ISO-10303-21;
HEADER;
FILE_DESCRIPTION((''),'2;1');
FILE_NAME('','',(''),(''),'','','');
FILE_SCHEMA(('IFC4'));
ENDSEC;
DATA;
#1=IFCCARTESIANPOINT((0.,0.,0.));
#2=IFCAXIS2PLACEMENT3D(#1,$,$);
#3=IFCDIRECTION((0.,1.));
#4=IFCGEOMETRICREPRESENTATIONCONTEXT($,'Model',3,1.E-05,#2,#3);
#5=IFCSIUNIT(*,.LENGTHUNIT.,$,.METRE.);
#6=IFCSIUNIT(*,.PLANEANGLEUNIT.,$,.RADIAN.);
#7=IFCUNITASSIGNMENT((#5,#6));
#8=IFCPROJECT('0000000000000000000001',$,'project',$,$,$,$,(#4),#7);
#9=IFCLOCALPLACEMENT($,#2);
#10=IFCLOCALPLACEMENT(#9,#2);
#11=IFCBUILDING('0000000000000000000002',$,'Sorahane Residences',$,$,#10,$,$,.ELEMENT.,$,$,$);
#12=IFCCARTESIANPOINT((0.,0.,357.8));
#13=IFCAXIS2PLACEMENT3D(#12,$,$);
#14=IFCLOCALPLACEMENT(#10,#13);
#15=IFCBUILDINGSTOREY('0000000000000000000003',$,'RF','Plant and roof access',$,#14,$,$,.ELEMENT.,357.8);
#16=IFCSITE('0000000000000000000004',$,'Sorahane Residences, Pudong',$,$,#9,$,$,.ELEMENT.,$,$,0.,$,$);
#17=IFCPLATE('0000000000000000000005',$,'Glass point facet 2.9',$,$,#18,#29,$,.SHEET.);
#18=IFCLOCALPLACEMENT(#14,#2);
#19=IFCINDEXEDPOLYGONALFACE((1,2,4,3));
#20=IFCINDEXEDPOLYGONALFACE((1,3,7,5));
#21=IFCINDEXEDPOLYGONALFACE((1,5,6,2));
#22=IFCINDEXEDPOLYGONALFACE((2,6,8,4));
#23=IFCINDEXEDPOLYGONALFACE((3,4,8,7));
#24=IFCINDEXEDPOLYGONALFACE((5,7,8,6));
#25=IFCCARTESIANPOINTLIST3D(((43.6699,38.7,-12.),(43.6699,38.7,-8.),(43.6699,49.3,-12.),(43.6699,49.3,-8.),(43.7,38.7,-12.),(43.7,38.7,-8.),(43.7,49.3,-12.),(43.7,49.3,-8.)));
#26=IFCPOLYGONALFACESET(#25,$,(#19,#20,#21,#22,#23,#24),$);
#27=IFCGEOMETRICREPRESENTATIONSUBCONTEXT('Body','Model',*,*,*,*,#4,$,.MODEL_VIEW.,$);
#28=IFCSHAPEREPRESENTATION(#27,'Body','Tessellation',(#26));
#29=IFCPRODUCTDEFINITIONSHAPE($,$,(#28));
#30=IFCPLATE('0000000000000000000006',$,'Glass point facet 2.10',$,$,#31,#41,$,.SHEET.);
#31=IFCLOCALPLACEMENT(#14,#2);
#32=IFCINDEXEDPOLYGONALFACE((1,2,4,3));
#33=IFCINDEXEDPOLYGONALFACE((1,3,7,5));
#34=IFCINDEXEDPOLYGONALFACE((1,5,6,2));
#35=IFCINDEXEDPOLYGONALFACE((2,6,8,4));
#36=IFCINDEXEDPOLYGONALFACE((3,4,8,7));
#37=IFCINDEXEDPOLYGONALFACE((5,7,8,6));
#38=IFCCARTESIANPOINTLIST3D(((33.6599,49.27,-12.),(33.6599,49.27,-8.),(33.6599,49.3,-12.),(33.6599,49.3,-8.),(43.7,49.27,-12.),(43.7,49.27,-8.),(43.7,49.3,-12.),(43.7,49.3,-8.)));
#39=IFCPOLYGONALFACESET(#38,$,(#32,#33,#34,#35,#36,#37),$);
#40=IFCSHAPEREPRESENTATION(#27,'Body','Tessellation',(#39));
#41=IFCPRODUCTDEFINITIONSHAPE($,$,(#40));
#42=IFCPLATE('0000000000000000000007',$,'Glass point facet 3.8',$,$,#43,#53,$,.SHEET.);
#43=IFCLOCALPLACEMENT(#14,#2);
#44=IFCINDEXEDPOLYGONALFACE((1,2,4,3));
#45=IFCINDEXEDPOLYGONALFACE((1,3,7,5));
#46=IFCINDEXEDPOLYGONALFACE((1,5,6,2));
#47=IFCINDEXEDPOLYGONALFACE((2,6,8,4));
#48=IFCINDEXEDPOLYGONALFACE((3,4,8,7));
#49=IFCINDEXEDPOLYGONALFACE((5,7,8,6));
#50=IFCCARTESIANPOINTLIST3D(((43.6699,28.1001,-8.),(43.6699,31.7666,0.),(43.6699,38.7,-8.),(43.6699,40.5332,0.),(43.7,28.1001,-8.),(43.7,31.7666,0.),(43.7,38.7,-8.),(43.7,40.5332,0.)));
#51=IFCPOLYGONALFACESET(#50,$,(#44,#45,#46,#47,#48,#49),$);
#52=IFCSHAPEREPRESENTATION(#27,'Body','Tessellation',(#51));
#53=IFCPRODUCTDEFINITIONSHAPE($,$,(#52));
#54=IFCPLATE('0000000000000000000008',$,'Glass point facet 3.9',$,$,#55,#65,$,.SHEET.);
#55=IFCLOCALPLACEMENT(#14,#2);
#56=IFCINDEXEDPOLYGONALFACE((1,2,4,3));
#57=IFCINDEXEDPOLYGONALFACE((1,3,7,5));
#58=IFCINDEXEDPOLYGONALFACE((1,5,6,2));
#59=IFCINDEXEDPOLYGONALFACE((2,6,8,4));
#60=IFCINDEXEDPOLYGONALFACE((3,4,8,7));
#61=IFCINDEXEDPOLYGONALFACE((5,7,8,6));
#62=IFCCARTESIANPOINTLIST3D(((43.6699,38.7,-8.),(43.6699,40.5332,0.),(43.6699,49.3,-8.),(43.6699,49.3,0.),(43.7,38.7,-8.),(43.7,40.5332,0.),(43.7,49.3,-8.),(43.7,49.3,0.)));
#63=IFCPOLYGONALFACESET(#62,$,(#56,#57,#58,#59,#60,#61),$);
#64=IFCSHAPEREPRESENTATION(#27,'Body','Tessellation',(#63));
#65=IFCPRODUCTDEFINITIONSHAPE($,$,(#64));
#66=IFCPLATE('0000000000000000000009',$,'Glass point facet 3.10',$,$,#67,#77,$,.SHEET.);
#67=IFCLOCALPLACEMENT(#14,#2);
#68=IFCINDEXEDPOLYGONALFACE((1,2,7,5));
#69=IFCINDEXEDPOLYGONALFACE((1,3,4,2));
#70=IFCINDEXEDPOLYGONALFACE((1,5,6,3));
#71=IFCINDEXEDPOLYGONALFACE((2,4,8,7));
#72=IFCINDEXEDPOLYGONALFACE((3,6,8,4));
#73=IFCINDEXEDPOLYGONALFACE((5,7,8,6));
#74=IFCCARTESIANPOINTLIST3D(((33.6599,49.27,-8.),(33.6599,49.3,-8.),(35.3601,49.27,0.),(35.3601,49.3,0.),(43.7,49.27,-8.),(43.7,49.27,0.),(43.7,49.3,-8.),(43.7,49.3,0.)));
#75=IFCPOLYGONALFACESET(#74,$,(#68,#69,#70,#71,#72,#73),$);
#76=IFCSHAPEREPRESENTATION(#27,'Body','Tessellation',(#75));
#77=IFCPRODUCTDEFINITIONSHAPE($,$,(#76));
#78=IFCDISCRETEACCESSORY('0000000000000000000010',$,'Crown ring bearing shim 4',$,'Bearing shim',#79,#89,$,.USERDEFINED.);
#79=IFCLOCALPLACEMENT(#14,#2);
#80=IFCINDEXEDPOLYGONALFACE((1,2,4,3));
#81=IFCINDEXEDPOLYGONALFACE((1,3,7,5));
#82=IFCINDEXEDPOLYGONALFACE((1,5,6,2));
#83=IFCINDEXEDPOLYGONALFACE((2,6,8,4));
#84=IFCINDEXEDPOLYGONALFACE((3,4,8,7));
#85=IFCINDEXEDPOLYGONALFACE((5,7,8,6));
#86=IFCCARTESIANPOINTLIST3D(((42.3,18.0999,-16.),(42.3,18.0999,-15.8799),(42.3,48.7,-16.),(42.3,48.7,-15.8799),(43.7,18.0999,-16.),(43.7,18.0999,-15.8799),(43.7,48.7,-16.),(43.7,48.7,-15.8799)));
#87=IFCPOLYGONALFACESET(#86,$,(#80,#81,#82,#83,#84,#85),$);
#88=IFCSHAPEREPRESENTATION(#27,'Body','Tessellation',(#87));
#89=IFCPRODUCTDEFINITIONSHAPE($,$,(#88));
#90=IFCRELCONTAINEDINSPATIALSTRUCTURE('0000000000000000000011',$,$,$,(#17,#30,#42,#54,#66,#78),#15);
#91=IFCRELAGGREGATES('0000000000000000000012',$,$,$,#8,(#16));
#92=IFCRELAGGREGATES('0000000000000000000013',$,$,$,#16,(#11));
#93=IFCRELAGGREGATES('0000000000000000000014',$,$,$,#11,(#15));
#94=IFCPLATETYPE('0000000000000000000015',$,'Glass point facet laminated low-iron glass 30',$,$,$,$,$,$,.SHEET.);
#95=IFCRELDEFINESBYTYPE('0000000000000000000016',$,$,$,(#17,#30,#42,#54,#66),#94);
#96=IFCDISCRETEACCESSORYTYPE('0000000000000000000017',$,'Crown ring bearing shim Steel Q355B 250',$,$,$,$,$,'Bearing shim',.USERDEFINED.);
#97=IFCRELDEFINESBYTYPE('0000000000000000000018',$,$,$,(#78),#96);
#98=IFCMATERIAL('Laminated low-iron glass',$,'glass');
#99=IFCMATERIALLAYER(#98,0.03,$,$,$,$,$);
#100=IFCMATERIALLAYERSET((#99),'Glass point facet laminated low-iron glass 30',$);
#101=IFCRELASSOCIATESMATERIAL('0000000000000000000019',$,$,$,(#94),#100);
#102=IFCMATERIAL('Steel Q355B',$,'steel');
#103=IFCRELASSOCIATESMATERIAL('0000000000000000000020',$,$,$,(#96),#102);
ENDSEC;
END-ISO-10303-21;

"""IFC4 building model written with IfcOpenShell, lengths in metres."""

from ifc_helpers import new_model, si_unit, direction, frame, origin, origin_2d, place, context, subcontext, project, spatial, polyline, rectangle, outline, extrude, material, layer, layer_set, type_object, element, save


model = new_model("IFC4")

# Units and contexts
model_context = context("Model", 3, precision=1e-05, world=origin(), true_north=direction((0.0, 1.0)))
body_context = subcontext(model_context, "Body", "Model", "MODEL_VIEW")
ifc_project = project(units=[si_unit("LENGTHUNIT", "METRE"), si_unit("PLANEANGLEUNIT", "RADIAN")], contexts=[model_context])

# Site, building, storey
site_placement = place(None, origin())
site = spatial("IfcSite", under=ifc_project, at=site_placement, Name="Sorahane Residences, Pudong", CompositionType="ELEMENT", RefElevation=0.0)
building_placement = place(site_placement, origin())
building = spatial("IfcBuilding", under=site, at=building_placement, Name="Sorahane Residences", CompositionType="ELEMENT")
storey_placement = place(building_placement, frame((0.0, 0.0, 357.8)))
storey = spatial("IfcBuildingStorey", under=building, at=storey_placement, Name="RF", Description="Plant and roof access", CompositionType="ELEMENT", Elevation=357.8)

# Plates
ifc_material_1 = material(Name="Laminated low-iron glass", Category="glass")
ifc_layer = layer(ifc_material_1, 0.03)
ifc_layer_set = layer_set([ifc_layer], Name="Glass point facet laminated low-iron glass 30")
plate_type = type_object("IfcPlateType", Name="Glass point facet laminated low-iron glass 30", PredefinedType="SHEET", material=ifc_layer_set)
plate_1_placement = place(storey_placement, frame((43.7, 38.7, -12.0), z_axis=(1.0, 0.0, 0.0), x_axis=(0.0, 1.0, 0.0)))
element("IfcPlate", 1, at=plate_1_placement, inside=storey, type_object=plate_type, Name="Glass point facet 2.9", PredefinedType="SHEET", context=body_context, shape_type="SweptSolid", body=[
    extrude(outline(polyline([(0.0, 0.0), (10.6001, 0.0), (10.6001, 4.0), (0.0, 4.0), (0.0, 0.0)])), origin(), (0.0, 0.0, -1.0), 0.03),
])
plate_2_placement = place(storey_placement, frame((43.7, 49.3, -12.0), z_axis=(0.0, 1.0, 0.0), x_axis=(-1.0, 0.0, 0.0)))
element("IfcPlate", 2, at=plate_2_placement, inside=storey, type_object=plate_type, Name="Glass point facet 2.10", PredefinedType="SHEET", context=body_context, shape_type="SweptSolid", body=[
    extrude(outline(polyline([(0.0, 0.0), (10.04, 0.0), (10.04, 4.0), (0.0, 4.0), (0.0, 0.0)])), origin(), (0.0, 0.0, -1.0), 0.03),
])
plate_3_placement = place(storey_placement, frame((43.7, 28.1001, -8.0), z_axis=(1.0, 0.0, 0.0), x_axis=(0.0, 1.0, 0.0)))
element("IfcPlate", 3, at=plate_3_placement, inside=storey, type_object=plate_type, Name="Glass point facet 3.8", PredefinedType="SHEET", context=body_context, shape_type="SweptSolid", body=[
    extrude(outline(polyline([(0.0, 0.0), (10.5999, 0.0), (12.4331, 8.0), (3.6665, 8.0), (0.0, 0.0)])), origin(), (0.0, 0.0, -1.0), 0.03),
])
plate_4_placement = place(storey_placement, frame((43.7, 38.7, -8.0), z_axis=(1.0, 0.0, 0.0), x_axis=(0.0, 1.0, 0.0)))
element("IfcPlate", 4, at=plate_4_placement, inside=storey, type_object=plate_type, Name="Glass point facet 3.9", PredefinedType="SHEET", context=body_context, shape_type="SweptSolid", body=[
    extrude(outline(polyline([(0.0, 0.0), (10.6001, 0.0), (10.6001, 8.0), (1.8333, 8.0), (0.0, 0.0)])), origin(), (0.0, 0.0, -1.0), 0.03),
])
plate_5_placement = place(storey_placement, frame((43.7, 49.3, -8.0), z_axis=(0.0, 1.0, 0.0), x_axis=(-1.0, 0.0, 0.0)))
element("IfcPlate", 5, at=plate_5_placement, inside=storey, type_object=plate_type, Name="Glass point facet 3.10", PredefinedType="SHEET", context=body_context, shape_type="SweptSolid", body=[
    extrude(outline(polyline([(0.0, 0.0), (10.04, 0.0), (8.3398, 8.0), (0.0, 8.0), (0.0, 0.0)])), origin(), (0.0, 0.0, -1.0), 0.03),
])

# Discrete accessory
ifc_material_2 = material(Name="Steel Q355B", Category="steel")
discrete_accessory_type = type_object("IfcDiscreteAccessoryType", Name="Crown ring bearing shim Steel Q355B 250", ElementType="Bearing shim", PredefinedType="USERDEFINED", material=ifc_material_2)
discrete_accessory_placement = place(storey_placement, frame((43.0, 33.3999, -16.0), z_axis=(0.0, 0.0, 1.0), x_axis=(0.0, 1.0, 0.0)))
element("IfcDiscreteAccessory", 6, at=discrete_accessory_placement, inside=storey, type_object=discrete_accessory_type, Name="Crown ring bearing shim 4", ObjectType="Bearing shim", PredefinedType="USERDEFINED", context=body_context, shape_type="SweptSolid", body=[
    extrude(rectangle(XDim=30.6001, YDim=1.3999, at=origin_2d()), origin(), (0.0, 0.0, 1.0), 0.1201),
])

save(model, "model.ifc")
